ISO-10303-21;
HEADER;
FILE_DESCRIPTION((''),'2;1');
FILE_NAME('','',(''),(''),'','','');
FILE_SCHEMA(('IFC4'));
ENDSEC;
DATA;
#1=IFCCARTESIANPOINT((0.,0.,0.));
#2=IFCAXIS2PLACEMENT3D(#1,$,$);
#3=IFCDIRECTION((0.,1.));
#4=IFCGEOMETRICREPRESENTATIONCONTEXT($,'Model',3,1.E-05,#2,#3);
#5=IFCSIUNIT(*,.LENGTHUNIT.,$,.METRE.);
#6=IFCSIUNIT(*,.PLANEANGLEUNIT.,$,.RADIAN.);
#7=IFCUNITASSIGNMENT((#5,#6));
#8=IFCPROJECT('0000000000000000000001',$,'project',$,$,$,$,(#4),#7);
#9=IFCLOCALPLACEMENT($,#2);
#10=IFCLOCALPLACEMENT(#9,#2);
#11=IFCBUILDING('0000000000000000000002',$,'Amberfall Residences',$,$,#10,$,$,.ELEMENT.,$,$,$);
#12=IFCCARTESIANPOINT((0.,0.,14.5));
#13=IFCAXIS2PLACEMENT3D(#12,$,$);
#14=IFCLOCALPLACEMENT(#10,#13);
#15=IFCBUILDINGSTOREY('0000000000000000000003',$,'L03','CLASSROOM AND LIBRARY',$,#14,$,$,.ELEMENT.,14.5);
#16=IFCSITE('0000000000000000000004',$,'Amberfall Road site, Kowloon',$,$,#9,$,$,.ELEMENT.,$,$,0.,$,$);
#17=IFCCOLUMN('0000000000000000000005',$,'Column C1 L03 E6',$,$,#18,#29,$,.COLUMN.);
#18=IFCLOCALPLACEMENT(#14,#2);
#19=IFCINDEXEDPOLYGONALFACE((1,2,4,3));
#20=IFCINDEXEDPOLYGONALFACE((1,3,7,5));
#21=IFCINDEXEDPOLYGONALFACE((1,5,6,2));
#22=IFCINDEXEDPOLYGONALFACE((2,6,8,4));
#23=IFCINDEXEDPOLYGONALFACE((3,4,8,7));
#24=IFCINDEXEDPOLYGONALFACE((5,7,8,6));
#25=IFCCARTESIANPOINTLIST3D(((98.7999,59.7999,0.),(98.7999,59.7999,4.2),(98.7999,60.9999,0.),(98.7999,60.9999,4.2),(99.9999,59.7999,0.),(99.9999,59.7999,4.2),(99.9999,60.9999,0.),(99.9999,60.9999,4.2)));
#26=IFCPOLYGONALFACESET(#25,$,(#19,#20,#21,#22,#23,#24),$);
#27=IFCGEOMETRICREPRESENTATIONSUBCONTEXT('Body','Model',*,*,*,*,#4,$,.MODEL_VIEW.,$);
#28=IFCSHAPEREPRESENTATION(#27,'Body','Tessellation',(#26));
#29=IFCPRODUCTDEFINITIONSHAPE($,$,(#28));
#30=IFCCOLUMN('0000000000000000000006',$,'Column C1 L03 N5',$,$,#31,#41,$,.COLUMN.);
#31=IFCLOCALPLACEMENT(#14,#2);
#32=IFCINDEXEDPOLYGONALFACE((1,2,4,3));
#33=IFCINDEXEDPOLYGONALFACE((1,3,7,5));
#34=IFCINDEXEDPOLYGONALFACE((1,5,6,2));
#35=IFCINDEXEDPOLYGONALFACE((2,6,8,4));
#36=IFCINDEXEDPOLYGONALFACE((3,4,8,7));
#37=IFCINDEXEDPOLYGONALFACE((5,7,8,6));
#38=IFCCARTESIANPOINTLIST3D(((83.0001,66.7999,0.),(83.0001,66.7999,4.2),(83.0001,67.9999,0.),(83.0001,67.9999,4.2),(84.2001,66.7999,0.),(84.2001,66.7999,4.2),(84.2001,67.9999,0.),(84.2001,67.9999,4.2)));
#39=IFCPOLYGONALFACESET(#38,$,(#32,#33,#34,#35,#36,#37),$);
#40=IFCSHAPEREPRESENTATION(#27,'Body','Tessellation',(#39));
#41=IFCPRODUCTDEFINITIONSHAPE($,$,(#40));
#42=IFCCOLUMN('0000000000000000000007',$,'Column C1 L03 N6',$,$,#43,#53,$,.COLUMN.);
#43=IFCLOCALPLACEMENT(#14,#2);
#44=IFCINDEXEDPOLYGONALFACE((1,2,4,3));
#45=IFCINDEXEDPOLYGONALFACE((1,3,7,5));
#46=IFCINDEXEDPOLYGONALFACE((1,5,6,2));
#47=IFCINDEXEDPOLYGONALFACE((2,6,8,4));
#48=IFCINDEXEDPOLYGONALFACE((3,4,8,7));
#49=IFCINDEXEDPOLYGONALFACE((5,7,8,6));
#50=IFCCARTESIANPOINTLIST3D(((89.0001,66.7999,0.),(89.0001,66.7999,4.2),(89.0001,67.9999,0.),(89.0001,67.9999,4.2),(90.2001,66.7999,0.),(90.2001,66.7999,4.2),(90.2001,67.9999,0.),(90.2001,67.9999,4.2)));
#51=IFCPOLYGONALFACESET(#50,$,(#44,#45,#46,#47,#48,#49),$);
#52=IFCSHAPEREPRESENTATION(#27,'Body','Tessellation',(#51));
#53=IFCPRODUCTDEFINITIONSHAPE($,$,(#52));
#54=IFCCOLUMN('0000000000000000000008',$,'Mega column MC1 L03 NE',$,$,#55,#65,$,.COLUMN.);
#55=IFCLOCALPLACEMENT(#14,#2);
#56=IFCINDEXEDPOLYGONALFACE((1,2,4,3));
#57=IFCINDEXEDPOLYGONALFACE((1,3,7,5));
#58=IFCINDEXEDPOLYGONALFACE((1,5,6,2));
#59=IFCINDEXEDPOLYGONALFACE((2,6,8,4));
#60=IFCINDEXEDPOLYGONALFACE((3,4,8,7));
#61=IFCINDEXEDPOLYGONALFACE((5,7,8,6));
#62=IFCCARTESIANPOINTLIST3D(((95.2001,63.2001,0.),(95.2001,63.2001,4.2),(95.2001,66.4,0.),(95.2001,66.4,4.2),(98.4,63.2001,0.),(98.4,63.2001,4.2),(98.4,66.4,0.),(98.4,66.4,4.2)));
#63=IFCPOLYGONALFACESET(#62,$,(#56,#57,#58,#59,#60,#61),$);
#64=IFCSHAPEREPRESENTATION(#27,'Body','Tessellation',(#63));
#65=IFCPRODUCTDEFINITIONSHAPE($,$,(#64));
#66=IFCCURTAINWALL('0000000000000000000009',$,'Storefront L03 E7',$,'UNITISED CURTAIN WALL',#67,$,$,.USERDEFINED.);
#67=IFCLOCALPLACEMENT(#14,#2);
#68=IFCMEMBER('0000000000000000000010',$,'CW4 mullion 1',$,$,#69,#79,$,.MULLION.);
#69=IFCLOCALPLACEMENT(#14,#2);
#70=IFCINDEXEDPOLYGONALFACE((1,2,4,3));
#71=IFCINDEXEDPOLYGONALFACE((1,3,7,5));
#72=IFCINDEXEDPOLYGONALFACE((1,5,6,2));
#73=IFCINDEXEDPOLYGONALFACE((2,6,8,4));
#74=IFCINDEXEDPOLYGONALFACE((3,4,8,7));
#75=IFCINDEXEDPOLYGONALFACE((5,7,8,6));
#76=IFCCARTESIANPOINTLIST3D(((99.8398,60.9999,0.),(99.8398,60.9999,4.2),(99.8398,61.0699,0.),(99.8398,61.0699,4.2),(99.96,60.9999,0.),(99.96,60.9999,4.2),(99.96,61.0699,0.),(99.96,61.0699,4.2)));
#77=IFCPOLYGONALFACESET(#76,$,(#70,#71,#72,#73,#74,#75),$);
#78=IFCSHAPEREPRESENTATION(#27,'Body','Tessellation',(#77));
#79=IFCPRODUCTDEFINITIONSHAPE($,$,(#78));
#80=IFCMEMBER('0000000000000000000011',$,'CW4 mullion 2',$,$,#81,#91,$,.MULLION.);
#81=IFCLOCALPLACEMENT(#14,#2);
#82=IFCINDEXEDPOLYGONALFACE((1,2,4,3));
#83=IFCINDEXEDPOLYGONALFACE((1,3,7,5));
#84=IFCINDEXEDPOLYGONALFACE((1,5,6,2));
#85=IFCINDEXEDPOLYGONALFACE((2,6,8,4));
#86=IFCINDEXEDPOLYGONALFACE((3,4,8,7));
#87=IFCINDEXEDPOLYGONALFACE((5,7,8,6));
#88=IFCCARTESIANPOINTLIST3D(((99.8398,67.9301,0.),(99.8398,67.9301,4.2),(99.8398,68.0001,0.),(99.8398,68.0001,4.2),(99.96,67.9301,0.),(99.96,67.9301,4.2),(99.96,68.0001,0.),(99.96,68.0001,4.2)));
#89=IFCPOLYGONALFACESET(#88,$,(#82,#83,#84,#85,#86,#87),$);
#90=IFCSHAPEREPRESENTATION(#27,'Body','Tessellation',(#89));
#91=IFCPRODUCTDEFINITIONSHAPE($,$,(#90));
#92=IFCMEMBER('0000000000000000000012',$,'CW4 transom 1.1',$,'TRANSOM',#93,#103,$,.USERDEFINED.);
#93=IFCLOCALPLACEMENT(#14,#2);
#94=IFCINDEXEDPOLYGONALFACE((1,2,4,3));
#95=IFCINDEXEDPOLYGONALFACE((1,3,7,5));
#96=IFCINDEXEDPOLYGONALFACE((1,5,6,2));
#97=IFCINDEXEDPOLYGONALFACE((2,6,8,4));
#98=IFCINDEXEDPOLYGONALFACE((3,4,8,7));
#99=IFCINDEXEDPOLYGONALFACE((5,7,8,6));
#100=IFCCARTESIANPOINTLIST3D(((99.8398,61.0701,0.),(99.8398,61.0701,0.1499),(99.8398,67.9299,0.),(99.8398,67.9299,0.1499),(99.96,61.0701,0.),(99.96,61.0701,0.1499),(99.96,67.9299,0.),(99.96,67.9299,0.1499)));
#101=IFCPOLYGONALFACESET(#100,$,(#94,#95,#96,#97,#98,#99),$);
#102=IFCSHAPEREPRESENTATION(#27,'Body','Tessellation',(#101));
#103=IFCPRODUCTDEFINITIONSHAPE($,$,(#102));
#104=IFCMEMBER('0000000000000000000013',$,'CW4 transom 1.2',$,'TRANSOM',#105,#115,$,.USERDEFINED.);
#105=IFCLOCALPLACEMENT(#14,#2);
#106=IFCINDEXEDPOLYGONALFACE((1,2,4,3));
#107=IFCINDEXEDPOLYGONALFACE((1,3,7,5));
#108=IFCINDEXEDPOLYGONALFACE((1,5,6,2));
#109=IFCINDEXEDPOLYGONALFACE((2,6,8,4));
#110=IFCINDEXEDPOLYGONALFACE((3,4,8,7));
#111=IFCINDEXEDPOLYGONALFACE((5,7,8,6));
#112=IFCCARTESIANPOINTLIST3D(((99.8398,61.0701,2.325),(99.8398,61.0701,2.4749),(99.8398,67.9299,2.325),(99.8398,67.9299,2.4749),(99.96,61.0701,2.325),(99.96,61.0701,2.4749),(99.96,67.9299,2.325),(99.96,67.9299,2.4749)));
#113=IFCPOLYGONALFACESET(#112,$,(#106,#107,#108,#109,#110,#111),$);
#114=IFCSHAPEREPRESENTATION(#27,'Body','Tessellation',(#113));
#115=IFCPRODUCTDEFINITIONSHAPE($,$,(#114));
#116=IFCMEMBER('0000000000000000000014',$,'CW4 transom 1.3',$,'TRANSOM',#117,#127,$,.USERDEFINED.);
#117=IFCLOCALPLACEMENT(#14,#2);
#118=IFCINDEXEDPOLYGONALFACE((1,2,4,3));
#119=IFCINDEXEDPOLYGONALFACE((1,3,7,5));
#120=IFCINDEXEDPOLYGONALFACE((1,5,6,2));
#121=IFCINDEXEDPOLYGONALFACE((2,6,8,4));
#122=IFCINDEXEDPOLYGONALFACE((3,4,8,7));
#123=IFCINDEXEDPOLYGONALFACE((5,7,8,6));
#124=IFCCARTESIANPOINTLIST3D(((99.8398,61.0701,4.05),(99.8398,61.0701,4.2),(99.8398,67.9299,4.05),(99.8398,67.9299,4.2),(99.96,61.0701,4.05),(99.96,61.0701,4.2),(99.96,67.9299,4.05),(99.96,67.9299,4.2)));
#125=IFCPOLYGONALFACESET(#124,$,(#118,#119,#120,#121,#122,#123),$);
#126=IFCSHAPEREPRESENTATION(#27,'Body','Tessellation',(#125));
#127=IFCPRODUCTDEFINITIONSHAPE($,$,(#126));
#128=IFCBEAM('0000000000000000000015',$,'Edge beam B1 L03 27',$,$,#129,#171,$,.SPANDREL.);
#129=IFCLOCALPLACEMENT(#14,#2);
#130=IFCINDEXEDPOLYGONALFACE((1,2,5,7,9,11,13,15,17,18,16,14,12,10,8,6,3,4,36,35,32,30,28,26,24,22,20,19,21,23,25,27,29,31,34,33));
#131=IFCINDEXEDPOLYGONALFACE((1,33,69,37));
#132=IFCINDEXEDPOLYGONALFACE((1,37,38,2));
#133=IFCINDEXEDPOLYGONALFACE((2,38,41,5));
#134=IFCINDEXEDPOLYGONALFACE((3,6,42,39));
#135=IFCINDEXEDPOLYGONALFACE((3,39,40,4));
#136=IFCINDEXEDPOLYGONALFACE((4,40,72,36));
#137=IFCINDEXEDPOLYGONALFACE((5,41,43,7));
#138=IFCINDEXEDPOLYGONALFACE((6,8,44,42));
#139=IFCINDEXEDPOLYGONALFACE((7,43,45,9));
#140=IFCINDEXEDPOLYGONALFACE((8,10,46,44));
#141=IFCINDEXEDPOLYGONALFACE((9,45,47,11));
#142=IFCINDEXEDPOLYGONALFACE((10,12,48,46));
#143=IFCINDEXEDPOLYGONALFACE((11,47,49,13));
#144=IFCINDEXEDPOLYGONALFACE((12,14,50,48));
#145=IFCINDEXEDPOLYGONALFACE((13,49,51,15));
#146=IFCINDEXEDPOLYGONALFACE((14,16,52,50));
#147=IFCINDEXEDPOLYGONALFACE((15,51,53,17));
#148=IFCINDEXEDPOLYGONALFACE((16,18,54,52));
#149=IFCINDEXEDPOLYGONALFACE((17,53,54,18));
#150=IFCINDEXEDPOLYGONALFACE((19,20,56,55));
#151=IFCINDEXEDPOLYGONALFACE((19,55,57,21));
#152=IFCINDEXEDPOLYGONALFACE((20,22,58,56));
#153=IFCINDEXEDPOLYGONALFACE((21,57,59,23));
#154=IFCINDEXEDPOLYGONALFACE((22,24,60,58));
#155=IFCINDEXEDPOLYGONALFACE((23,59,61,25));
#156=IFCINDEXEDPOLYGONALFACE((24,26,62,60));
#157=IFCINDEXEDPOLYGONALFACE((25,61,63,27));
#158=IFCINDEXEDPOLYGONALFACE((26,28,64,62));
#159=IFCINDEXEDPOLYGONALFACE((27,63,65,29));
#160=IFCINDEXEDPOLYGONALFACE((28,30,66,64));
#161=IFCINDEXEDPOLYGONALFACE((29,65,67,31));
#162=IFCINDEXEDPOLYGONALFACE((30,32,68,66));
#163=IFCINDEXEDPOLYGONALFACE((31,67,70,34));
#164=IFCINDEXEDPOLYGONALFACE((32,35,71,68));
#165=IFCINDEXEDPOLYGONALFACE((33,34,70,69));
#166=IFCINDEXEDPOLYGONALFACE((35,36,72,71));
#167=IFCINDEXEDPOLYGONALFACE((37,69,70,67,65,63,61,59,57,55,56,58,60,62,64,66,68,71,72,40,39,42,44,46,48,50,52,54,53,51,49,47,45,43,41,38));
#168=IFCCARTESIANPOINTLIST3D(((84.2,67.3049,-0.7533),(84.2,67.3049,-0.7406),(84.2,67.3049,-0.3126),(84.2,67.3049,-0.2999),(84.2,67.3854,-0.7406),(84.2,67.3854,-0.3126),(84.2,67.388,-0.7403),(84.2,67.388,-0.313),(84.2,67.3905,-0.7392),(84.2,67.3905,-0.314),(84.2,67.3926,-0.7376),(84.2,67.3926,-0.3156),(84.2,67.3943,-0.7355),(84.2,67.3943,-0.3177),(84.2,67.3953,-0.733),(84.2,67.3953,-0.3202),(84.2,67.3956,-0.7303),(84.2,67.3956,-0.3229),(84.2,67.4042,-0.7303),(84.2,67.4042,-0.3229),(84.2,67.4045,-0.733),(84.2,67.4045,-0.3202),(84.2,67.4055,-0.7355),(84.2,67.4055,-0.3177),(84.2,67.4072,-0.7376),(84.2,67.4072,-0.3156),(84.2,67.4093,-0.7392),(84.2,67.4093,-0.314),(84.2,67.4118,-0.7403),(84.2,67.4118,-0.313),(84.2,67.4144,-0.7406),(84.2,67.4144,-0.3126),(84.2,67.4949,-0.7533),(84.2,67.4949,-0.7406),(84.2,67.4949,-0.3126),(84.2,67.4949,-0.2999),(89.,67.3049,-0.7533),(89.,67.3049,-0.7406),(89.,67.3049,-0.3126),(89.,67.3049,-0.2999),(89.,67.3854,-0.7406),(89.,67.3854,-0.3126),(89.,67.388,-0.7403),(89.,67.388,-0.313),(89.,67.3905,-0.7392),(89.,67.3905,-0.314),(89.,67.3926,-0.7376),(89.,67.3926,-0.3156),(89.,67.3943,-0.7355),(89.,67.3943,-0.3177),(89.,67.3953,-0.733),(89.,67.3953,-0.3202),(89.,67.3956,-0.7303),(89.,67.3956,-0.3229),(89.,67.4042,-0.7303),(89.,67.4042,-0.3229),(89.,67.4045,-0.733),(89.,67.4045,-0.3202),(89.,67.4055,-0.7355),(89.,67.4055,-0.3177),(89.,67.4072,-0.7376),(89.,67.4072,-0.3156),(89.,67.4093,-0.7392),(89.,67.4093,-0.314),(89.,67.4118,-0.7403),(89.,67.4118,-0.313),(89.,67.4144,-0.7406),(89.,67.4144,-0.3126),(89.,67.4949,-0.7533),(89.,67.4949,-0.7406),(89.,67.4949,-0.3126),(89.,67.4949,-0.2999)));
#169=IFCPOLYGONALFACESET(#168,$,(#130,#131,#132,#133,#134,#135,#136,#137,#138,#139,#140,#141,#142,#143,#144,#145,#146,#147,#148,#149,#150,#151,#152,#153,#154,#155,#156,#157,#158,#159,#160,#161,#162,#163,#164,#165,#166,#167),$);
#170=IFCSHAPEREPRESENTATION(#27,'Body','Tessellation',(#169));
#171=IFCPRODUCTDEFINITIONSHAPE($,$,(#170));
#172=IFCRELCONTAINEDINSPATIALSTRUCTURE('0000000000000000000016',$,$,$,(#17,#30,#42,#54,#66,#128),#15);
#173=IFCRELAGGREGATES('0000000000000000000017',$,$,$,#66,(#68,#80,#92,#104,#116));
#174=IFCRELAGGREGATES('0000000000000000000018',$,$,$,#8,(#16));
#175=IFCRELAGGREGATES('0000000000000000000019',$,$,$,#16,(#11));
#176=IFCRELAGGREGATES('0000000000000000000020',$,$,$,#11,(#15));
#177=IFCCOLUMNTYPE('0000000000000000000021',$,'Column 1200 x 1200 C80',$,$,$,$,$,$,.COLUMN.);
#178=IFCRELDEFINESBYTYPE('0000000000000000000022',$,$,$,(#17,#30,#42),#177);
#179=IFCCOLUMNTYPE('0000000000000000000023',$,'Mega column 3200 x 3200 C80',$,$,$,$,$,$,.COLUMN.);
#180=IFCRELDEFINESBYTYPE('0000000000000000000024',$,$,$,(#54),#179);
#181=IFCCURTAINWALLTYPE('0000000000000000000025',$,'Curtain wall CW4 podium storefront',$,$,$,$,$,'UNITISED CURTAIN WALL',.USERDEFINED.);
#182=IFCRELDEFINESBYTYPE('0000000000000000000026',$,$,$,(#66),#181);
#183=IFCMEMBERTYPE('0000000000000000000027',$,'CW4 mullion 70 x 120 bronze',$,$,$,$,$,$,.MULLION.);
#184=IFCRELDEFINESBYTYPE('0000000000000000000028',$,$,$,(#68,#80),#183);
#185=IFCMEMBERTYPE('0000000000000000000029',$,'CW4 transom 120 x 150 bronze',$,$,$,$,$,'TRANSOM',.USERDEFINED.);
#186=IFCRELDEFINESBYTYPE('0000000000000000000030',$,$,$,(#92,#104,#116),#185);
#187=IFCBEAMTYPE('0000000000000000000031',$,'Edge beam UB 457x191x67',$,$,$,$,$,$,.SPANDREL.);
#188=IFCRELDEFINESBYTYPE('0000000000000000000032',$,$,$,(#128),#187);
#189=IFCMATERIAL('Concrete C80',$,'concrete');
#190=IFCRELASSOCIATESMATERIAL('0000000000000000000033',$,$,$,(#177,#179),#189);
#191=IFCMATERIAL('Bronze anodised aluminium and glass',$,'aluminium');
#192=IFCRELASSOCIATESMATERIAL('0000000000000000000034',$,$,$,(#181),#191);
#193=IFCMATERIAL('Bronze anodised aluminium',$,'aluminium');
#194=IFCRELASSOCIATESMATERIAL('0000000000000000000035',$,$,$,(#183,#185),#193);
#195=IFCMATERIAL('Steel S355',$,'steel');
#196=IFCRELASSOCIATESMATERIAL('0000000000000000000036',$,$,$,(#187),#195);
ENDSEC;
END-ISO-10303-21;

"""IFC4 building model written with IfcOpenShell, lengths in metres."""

from ifc_helpers import new_model, si_unit, direction, frame, origin, origin_2d, place, context, subcontext, project, spatial, rectangle, i_section, extrude, material, material_profile, profile_set, type_object, element, aggregate, save


model = new_model("IFC4")

# Units and contexts
model_context = context("Model", 3, precision=1e-05, world=origin(), true_north=direction((0.0, 1.0)))
body_context = subcontext(model_context, "Body", "Model", "MODEL_VIEW")
ifc_project = project(units=[si_unit("LENGTHUNIT", "METRE"), si_unit("PLANEANGLEUNIT", "RADIAN")], contexts=[model_context])

# Site, building, storey
site_placement = place(None, origin())
site = spatial("IfcSite", under=ifc_project, at=site_placement, Name="Amberfall Road site, Kowloon", CompositionType="ELEMENT", RefElevation=0.0)
building_placement = place(site_placement, origin())
building = spatial("IfcBuilding", under=site, at=building_placement, Name="Amberfall Residences", CompositionType="ELEMENT")
storey_placement = place(building_placement, frame((0.0, 0.0, 14.5)))
storey = spatial("IfcBuildingStorey", under=building, at=storey_placement, Name="L03", Description="CLASSROOM AND LIBRARY", CompositionType="ELEMENT", Elevation=14.5)

# Columns
ifc_material_1 = material(Name="Concrete C80", Category="concrete")
ifc_material_profile_1 = material_profile(ifc_material_1, rectangle(XDim=1.2, YDim=1.2, at=origin_2d()), Name="Column 1200 x 1200 C80")
ifc_profile_set_1 = profile_set([ifc_material_profile_1], Name="Concrete C80")
column_type_1 = type_object("IfcColumnType", Name="Column 1200 x 1200 C80", PredefinedType="COLUMN", material=ifc_profile_set_1)
for number, where, z_axis, x_axis, name in (
    (1, (99.3999, 60.3999, 0.0), (0.0, 0.0, 1.0), (1.0, 0.0, 0.0), "Column C1 L03 E6"),
    (2, (83.6001, 67.3999, 0.0), (0.0, 0.0, 1.0), (1.0, 0.0, 0.0), "Column C1 L03 N5"),
    (3, (89.6001, 67.3999, 0.0), (0.0, 0.0, 1.0), (1.0, 0.0, 0.0), "Column C1 L03 N6"),
):
    element("IfcColumn", number, at=place(storey_placement, frame(where, z_axis=z_axis, x_axis=x_axis)), inside=storey, type_object=column_type_1, Name=name, PredefinedType="COLUMN", context=body_context, shape_type="SweptSolid", body=[
        extrude(rectangle(XDim=1.2, YDim=1.2, at=origin_2d()), origin(), (0.0, 0.0, 1.0), 4.2),
    ])
ifc_material_profile_2 = material_profile(ifc_material_1, rectangle(XDim=3.2, YDim=3.2, at=origin_2d()), Name="Mega column 3200 x 3200 C80")
ifc_profile_set_2 = profile_set([ifc_material_profile_2], Name="Concrete C80")
column_type_2 = type_object("IfcColumnType", Name="Mega column 3200 x 3200 C80", PredefinedType="COLUMN", material=ifc_profile_set_2)
column_placement = place(storey_placement, frame((96.8, 64.8, 0.0), z_axis=(0.0, 0.0, 1.0), x_axis=(1.0, 0.0, 0.0)))
element("IfcColumn", 4, at=column_placement, inside=storey, type_object=column_type_2, Name="Mega column MC1 L03 NE", PredefinedType="COLUMN", context=body_context, shape_type="SweptSolid", body=[
    extrude(rectangle(XDim=3.2, YDim=3.2, at=origin_2d()), origin(), (0.0, 0.0, 1.0), 4.2),
])

# Curtain wall, members
ifc_material_2 = material(Name="Bronze anodised aluminium and glass", Category="aluminium")
curtain_wall_type = type_object("IfcCurtainWallType", Name="Curtain wall CW4 podium storefront", ElementType="UNITISED CURTAIN WALL", PredefinedType="USERDEFINED", material=ifc_material_2)
curtain_wall_placement = place(storey_placement, origin())
curtain_wall = element("IfcCurtainWall", 5, at=curtain_wall_placement, inside=storey, type_object=curtain_wall_type, Name="Storefront L03 E7", ObjectType="UNITISED CURTAIN WALL", PredefinedType="USERDEFINED")
ifc_material_3 = material(Name="Bronze anodised aluminium", Category="aluminium")
ifc_material_profile_3 = material_profile(ifc_material_3, rectangle(XDim=0.1201, YDim=0.0701, at=origin_2d()), Name="CW4 mullion 70 x 120 bronze")
ifc_profile_set_3 = profile_set([ifc_material_profile_3], Name="Bronze anodised aluminium")
member_type_1 = type_object("IfcMemberType", Name="CW4 mullion 70 x 120 bronze", PredefinedType="MULLION", material=ifc_profile_set_3)
member_1_placement = place(storey_placement, frame((99.8999, 61.0349, 0.0), z_axis=(0.0, 0.0, 1.0), x_axis=(-1.0, 0.0, 0.0)))
member_1 = element("IfcMember", 6, at=member_1_placement, type_object=member_type_1, Name="CW4 mullion 1", PredefinedType="MULLION", context=body_context, shape_type="SweptSolid", body=[
    extrude(rectangle(XDim=0.1201, YDim=0.0701, at=origin_2d()), origin(), (0.0, 0.0, 1.0), 4.2),
])
member_2_placement = place(storey_placement, frame((99.8999, 67.9651, 0.0), z_axis=(0.0, 0.0, 1.0), x_axis=(-1.0, 0.0, 0.0)))
member_2 = element("IfcMember", 7, at=member_2_placement, type_object=member_type_1, Name="CW4 mullion 2", PredefinedType="MULLION", context=body_context, shape_type="SweptSolid", body=[
    extrude(rectangle(XDim=0.1201, YDim=0.0701, at=origin_2d()), origin(), (0.0, 0.0, 1.0), 4.2),
])
ifc_material_profile_4 = material_profile(ifc_material_3, rectangle(XDim=0.1201, YDim=0.1499, at=origin_2d()), Name="CW4 transom 120 x 150 bronze")
ifc_profile_set_4 = profile_set([ifc_material_profile_4], Name="Bronze anodised aluminium")
member_type_2 = type_object("IfcMemberType", Name="CW4 transom 120 x 150 bronze", ElementType="TRANSOM", PredefinedType="USERDEFINED", material=ifc_profile_set_4)
member_3_placement = place(storey_placement, frame((99.8999, 61.0701, 0.075), z_axis=(0.0, 1.0, 0.0), x_axis=(-1.0, 0.0, 0.0)))
member_3 = element("IfcMember", 8, at=member_3_placement, type_object=member_type_2, Name="CW4 transom 1.1", ObjectType="TRANSOM", PredefinedType="USERDEFINED", context=body_context, shape_type="SweptSolid", body=[
    extrude(rectangle(XDim=0.1201, YDim=0.1499, at=origin_2d()), origin(), (0.0, 0.0, 1.0), 6.8599),
])
member_4_placement = place(storey_placement, frame((99.8999, 61.0701, 2.3999), z_axis=(0.0, 1.0, 0.0), x_axis=(-1.0, 0.0, 0.0)))
member_4 = element("IfcMember", 9, at=member_4_placement, type_object=member_type_2, Name="CW4 transom 1.2", ObjectType="TRANSOM", PredefinedType="USERDEFINED", context=body_context, shape_type="SweptSolid", body=[
    extrude(rectangle(XDim=0.1201, YDim=0.1499, at=origin_2d()), origin(), (0.0, 0.0, 1.0), 6.8599),
])
member_5_placement = place(storey_placement, frame((99.8999, 61.0701, 4.125), z_axis=(0.0, 1.0, 0.0), x_axis=(-1.0, 0.0, 0.0)))
member_5 = element("IfcMember", 10, at=member_5_placement, type_object=member_type_2, Name="CW4 transom 1.3", ObjectType="TRANSOM", PredefinedType="USERDEFINED", context=body_context, shape_type="SweptSolid", body=[
    extrude(rectangle(XDim=0.1201, YDim=0.1499, at=origin_2d()), origin(), (0.0, 0.0, 1.0), 6.8599),
])

# Beam
ifc_material_4 = material(Name="Steel S355", Category="steel")
ifc_material_profile_5 = material_profile(ifc_material_4, i_section(OverallWidth=0.1899, OverallDepth=0.4534, WebThickness=0.0085, FlangeThickness=0.0127, FilletRadius=0.0103, at=origin_2d()), Name="UB 457x191x67")
ifc_profile_set_5 = profile_set([ifc_material_profile_5], Name="Steel S355")
beam_type_1 = type_object("IfcBeamType", Name="Edge beam UB 457x191x67", PredefinedType="SPANDREL", material=ifc_profile_set_5)
beam_1_placement = place(storey_placement, frame((84.2, 67.3999, -0.5266), z_axis=(1.0, 0.0, 0.0), x_axis=(0.0, 1.0, 0.0)))
element("IfcBeam", 11, at=beam_1_placement, inside=storey, type_object=beam_type_1, Name="Edge beam B1 L03 27", PredefinedType="SPANDREL", context=body_context, shape_type="SweptSolid", body=[
    extrude(i_section(OverallWidth=0.1899, OverallDepth=0.4534, WebThickness=0.0085, FlangeThickness=0.0127, FilletRadius=0.0103, at=origin_2d()), origin(), (0.0, 0.0, 1.0), 4.8),
])

aggregate(curtain_wall, [member_1, member_2, member_3, member_4, member_5])

save(model, "model.ifc")
